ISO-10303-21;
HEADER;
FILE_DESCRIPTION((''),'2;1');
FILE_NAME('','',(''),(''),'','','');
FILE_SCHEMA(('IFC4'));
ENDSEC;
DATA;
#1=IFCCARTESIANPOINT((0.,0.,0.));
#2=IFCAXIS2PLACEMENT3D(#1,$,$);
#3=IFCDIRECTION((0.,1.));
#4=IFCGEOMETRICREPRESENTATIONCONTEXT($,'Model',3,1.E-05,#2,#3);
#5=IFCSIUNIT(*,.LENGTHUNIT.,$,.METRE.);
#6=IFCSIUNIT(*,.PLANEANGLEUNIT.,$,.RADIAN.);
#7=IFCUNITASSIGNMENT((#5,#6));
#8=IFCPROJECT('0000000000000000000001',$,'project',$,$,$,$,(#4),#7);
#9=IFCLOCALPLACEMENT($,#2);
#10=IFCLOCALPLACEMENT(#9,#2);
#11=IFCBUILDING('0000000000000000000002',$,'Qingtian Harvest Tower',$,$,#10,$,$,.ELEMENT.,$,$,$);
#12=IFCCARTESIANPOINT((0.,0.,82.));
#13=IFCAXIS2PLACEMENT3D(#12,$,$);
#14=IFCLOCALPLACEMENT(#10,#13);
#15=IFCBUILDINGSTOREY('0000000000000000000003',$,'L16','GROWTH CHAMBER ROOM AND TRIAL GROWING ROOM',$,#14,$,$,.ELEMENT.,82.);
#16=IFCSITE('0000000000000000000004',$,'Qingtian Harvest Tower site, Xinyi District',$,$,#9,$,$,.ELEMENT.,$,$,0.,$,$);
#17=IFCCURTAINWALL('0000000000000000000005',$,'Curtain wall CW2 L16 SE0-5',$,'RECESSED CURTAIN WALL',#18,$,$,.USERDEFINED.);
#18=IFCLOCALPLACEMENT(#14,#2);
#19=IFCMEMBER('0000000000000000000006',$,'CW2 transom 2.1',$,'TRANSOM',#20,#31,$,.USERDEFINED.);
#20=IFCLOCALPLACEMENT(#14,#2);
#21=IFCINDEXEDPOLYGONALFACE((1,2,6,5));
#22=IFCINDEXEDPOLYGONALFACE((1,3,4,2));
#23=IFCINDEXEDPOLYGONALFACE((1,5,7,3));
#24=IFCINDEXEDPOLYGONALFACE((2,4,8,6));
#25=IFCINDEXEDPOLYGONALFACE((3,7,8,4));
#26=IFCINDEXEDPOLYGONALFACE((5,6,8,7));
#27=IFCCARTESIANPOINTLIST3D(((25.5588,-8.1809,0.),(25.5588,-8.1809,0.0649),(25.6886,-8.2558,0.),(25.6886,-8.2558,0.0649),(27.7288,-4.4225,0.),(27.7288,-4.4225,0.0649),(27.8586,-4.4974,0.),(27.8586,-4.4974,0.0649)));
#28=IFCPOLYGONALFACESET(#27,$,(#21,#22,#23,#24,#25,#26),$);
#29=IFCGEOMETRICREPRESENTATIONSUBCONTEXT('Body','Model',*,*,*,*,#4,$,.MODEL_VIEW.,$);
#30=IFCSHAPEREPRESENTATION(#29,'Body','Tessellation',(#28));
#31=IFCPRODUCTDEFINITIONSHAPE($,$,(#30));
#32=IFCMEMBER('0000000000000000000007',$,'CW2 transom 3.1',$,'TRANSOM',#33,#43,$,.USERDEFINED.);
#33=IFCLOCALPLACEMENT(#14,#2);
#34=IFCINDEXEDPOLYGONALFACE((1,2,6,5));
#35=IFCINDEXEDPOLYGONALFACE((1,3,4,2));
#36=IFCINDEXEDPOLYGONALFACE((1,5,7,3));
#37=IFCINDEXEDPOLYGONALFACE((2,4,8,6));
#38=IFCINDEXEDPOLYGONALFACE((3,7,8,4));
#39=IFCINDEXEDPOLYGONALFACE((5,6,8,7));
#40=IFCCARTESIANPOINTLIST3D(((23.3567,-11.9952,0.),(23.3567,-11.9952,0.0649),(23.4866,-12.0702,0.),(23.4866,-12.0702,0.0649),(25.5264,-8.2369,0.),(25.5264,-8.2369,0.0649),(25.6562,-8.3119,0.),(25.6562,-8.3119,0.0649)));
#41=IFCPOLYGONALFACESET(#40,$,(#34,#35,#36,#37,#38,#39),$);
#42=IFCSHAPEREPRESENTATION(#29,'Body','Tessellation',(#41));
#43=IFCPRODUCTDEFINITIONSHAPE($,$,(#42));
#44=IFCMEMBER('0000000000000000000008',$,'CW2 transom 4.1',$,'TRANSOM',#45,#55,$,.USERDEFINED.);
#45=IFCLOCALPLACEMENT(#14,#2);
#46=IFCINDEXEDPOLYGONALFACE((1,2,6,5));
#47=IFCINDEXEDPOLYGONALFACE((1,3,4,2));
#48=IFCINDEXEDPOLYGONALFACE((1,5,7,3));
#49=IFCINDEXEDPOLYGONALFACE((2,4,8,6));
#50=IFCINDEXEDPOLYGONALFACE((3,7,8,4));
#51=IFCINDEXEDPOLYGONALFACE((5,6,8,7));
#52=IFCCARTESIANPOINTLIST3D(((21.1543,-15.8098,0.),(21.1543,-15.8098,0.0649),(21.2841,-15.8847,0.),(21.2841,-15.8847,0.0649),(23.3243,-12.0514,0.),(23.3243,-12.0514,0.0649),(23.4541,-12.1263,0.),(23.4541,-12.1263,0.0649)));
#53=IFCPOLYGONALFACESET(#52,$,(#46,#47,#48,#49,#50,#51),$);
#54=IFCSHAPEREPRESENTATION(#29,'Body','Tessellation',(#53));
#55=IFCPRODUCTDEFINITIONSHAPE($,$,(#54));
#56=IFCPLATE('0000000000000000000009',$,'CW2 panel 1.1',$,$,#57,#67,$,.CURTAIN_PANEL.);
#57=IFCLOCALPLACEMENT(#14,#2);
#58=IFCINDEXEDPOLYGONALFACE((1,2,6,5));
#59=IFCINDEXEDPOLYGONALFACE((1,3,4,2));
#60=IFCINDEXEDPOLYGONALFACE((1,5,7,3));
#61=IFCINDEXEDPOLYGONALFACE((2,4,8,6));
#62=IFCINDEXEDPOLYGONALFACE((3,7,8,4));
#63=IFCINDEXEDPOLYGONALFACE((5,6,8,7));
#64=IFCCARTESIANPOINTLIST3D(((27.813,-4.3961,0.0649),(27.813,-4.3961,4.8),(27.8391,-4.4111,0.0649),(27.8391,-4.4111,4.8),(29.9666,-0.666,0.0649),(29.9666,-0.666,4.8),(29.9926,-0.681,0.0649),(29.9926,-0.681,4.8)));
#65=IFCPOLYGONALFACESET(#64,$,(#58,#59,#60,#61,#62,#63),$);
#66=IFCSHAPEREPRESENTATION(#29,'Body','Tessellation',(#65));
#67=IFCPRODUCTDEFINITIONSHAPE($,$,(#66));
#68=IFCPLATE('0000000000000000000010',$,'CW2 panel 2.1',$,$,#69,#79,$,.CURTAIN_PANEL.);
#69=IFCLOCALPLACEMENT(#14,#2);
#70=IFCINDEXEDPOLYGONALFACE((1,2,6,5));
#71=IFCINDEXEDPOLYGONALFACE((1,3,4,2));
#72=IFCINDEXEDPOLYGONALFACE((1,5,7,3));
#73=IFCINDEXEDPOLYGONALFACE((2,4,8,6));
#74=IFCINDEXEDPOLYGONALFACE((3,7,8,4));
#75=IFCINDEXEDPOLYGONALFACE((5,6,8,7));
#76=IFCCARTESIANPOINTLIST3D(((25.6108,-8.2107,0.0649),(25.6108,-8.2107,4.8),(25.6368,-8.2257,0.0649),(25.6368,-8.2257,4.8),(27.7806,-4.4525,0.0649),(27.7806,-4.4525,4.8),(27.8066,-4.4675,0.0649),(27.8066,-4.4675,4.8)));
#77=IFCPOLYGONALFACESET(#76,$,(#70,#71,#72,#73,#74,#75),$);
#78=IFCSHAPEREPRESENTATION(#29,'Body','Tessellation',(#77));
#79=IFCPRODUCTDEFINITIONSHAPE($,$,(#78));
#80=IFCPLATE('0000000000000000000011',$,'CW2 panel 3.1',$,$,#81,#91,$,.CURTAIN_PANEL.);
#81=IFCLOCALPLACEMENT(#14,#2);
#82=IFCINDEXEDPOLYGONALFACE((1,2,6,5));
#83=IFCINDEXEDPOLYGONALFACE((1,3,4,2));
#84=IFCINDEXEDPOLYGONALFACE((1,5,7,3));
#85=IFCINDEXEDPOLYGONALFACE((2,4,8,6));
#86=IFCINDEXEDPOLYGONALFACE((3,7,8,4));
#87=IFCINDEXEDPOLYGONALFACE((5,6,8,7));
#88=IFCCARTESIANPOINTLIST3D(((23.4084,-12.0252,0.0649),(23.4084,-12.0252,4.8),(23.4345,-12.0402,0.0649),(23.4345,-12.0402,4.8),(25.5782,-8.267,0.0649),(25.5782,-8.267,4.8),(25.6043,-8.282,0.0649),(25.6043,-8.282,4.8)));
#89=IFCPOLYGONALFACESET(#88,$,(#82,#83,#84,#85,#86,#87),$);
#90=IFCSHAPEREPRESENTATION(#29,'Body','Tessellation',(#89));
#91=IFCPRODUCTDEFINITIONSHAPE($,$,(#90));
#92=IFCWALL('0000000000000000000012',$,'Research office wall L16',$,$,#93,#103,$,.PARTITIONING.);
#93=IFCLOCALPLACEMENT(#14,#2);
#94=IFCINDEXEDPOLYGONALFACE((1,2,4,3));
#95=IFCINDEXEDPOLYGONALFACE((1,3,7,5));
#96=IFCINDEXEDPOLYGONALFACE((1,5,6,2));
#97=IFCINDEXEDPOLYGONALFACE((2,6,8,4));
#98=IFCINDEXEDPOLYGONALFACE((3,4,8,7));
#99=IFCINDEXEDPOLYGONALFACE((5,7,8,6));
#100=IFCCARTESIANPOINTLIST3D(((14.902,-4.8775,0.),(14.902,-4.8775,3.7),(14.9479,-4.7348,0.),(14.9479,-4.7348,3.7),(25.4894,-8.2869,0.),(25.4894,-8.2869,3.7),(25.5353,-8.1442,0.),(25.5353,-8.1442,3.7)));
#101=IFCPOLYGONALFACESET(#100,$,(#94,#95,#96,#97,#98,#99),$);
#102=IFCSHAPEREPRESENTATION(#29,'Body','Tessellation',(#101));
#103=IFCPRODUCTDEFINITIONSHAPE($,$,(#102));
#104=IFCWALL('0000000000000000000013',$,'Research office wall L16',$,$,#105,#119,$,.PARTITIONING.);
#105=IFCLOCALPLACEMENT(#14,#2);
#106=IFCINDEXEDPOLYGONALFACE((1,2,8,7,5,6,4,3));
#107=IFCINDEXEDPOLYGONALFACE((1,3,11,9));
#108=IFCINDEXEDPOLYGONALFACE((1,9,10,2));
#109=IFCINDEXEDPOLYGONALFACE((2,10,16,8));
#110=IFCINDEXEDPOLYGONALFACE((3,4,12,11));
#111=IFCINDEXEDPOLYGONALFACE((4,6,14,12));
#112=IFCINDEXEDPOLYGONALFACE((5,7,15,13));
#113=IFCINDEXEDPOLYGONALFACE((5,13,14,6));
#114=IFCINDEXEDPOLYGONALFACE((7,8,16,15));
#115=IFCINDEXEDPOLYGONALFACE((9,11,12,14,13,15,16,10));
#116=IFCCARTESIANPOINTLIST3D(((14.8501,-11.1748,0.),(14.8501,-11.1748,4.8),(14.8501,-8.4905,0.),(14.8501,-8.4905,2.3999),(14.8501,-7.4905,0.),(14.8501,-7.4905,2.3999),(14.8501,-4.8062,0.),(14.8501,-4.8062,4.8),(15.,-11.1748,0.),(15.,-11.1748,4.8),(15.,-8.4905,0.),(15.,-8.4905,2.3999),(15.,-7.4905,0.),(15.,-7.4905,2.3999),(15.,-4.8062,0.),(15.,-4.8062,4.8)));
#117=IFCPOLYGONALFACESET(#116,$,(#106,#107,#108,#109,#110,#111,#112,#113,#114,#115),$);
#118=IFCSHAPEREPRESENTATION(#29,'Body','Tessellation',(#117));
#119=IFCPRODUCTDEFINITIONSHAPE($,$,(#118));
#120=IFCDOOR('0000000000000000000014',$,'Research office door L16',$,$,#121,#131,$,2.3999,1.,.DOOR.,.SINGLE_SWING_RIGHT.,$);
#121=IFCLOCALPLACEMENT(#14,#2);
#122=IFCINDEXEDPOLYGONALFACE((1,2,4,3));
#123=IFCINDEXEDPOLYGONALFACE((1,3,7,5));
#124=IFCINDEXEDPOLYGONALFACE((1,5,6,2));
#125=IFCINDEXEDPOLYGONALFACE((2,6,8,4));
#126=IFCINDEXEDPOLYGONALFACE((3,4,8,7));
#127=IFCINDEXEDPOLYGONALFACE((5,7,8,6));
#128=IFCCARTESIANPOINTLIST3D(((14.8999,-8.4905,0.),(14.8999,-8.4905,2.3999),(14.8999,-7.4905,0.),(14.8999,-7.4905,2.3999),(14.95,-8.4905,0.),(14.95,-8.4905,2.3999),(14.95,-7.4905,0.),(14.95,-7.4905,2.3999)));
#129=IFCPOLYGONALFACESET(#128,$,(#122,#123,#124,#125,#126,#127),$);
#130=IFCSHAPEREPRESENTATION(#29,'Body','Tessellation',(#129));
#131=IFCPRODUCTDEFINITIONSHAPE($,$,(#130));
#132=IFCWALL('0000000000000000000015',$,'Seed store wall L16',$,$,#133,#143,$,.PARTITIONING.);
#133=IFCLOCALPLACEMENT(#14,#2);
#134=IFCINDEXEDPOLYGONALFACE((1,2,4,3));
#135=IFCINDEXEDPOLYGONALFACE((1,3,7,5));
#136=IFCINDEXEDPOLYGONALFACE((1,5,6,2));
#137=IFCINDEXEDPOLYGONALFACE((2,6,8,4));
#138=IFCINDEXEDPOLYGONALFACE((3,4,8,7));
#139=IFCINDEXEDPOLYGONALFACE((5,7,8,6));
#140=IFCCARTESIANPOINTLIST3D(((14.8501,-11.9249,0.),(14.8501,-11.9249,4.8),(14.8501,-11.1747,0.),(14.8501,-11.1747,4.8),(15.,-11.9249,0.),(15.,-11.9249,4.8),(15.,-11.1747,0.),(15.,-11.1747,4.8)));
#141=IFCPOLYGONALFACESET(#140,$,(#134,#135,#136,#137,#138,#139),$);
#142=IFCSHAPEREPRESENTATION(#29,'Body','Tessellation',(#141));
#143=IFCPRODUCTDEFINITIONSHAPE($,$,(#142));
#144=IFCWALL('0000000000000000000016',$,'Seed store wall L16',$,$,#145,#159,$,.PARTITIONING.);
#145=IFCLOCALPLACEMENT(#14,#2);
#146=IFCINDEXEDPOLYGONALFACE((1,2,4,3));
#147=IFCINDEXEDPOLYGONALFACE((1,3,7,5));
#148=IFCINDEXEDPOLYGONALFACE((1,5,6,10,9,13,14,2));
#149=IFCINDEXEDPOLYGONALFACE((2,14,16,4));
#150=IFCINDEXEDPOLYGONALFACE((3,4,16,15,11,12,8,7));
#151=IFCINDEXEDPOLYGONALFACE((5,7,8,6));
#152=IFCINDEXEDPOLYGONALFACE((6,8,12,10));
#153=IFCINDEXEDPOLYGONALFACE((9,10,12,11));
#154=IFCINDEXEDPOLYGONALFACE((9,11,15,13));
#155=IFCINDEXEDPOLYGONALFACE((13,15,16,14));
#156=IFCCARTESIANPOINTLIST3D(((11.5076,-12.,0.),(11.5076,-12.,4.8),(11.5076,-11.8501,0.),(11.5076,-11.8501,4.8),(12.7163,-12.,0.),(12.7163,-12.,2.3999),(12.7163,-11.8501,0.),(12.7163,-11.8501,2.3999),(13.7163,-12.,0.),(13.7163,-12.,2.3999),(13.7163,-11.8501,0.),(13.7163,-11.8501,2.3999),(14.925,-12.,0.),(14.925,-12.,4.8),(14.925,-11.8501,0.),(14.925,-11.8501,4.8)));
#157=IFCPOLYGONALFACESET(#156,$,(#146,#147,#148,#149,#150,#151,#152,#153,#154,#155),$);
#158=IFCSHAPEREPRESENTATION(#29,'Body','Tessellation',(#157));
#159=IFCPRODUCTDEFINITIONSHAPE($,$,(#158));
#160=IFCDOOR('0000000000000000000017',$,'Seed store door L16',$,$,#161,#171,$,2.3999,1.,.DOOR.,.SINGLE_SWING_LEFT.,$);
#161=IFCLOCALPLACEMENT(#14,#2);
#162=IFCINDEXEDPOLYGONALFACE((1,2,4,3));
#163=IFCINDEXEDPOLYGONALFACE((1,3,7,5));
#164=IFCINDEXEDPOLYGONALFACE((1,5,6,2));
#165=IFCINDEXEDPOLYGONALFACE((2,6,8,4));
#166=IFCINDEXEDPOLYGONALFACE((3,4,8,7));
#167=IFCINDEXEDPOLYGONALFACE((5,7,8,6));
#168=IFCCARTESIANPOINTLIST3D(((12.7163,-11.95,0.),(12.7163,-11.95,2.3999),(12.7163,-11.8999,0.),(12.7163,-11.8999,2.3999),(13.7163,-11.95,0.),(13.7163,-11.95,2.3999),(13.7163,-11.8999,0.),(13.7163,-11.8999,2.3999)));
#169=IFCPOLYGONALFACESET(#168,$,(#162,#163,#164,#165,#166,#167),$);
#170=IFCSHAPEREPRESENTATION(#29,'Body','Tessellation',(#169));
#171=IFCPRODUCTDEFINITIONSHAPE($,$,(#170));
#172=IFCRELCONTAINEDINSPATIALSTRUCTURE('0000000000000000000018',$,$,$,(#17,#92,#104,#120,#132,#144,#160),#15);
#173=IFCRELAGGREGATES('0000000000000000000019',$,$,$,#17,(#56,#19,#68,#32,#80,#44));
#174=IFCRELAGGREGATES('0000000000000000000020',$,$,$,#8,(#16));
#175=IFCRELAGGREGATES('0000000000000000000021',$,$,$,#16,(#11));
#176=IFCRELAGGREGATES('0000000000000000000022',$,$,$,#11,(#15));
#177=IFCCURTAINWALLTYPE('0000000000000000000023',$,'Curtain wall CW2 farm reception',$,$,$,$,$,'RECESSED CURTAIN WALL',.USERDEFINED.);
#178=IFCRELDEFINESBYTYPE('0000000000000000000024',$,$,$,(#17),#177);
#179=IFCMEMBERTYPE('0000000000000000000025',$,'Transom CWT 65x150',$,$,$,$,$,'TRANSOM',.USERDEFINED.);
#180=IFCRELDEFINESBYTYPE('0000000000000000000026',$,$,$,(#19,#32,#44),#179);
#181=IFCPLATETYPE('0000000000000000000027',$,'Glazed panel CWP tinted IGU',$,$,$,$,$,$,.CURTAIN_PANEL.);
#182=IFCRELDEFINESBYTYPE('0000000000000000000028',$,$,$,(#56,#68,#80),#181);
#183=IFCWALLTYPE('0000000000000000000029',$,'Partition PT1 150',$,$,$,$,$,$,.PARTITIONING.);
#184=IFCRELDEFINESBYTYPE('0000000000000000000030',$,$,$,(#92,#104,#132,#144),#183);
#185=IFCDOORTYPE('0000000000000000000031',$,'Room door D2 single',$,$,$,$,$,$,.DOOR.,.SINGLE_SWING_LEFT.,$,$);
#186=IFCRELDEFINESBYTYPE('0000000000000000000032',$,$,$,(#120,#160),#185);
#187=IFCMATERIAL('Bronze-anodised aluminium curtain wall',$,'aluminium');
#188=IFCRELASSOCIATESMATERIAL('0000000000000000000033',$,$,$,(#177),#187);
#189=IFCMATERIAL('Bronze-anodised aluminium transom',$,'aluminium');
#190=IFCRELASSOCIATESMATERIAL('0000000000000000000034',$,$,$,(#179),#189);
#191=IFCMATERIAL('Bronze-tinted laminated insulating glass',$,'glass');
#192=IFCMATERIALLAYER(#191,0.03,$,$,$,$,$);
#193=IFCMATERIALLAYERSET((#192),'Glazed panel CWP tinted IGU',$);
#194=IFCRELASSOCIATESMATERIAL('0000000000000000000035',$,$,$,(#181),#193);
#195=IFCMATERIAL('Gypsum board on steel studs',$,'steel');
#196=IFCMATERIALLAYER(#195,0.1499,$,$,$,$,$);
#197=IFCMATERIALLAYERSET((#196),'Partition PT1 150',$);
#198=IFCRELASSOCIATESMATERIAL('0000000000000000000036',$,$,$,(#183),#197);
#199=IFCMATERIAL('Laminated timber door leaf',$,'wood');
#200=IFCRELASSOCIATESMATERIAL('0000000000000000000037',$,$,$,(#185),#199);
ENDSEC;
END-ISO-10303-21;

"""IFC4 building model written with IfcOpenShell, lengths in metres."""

from ifc_helpers import new_model, si_unit, direction, frame, frame_2d, origin, origin_2d, place, context, subcontext, project, spatial, rectangle, extrude, material, layer, layer_set, material_profile, profile_set, type_object, element, fill, aggregate, save


model = new_model("IFC4")

# Units and contexts
model_context = context("Model", 3, precision=1e-05, world=origin(), true_north=direction((0.0, 1.0)))
body_context = subcontext(model_context, "Body", "Model", "MODEL_VIEW")
ifc_project = project(units=[si_unit("LENGTHUNIT", "METRE"), si_unit("PLANEANGLEUNIT", "RADIAN")], contexts=[model_context])

# Site, building, storey
site_placement = place(None, origin())
site = spatial("IfcSite", under=ifc_project, at=site_placement, Name="Qingtian Harvest Tower site, Xinyi District", CompositionType="ELEMENT", RefElevation=0.0)
building_placement = place(site_placement, origin())
building = spatial("IfcBuilding", under=site, at=building_placement, Name="Qingtian Harvest Tower", CompositionType="ELEMENT")
storey_placement = place(building_placement, frame((0.0, 0.0, 82.0)))
storey = spatial("IfcBuildingStorey", under=building, at=storey_placement, Name="L16", Description="GROWTH CHAMBER ROOM AND TRIAL GROWING ROOM", CompositionType="ELEMENT", Elevation=82.0)

# Shared definitions
ifc_material_1 = material(Name="Bronze-anodised aluminium curtain wall", Category="aluminium")
curtain_wall_type = type_object("IfcCurtainWallType", Name="Curtain wall CW2 farm reception", ElementType="RECESSED CURTAIN WALL", PredefinedType="USERDEFINED", material=ifc_material_1)

# Curtain wall
curtain_wall_1_placement = place(storey_placement, origin())
curtain_wall_1 = element("IfcCurtainWall", 1, at=curtain_wall_1_placement, inside=storey, type_object=curtain_wall_type, Name="Curtain wall CW2 L16 SE0-5", ObjectType="RECESSED CURTAIN WALL", PredefinedType="USERDEFINED")

# Members
ifc_material_2 = material(Name="Bronze-anodised aluminium transom", Category="aluminium")
ifc_material_profile_1 = material_profile(ifc_material_2, rectangle(XDim=0.1499, YDim=0.0649, at=origin_2d()), Name="AL 65x150")
ifc_profile_set_1 = profile_set([ifc_material_profile_1], Name="Bronze-anodised aluminium transom")
member_type_1 = type_object("IfcMemberType", Name="Transom CWT 65x150", ElementType="TRANSOM", PredefinedType="USERDEFINED", material=ifc_profile_set_1)
member_1_placement = place(storey_placement, frame((27.7937, -4.46, 0.0325), z_axis=(-0.500011, -0.866019, 0.0), x_axis=(0.866019, -0.500011, 0.0)))
member_1 = element("IfcMember", 2, at=member_1_placement, type_object=member_type_1, Name="CW2 transom 2.1", ObjectType="TRANSOM", PredefinedType="USERDEFINED", context=body_context, shape_type="SweptSolid", body=[
    extrude(rectangle(XDim=0.1499, YDim=0.0649, at=origin_2d()), origin(), (0.0, 0.0, 1.0), 4.3398),
])
member_2_placement = place(storey_placement, frame((25.5913, -8.2744, 0.0325), z_axis=(-0.499969, -0.866043, 0.0), x_axis=(0.866043, -0.499969, 0.0)))
member_2 = element("IfcMember", 3, at=member_2_placement, type_object=member_type_1, Name="CW2 transom 3.1", ObjectType="TRANSOM", PredefinedType="USERDEFINED", context=body_context, shape_type="SweptSolid", body=[
    extrude(rectangle(XDim=0.1499, YDim=0.0649, at=origin_2d()), origin(), (0.0, 0.0, 1.0), 4.3396),
])
member_3_placement = place(storey_placement, frame((23.3892, -12.0889, 0.0325), z_axis=(-0.500011, -0.866019, 0.0), x_axis=(0.866019, -0.500011, 0.0)))
member_3 = element("IfcMember", 4, at=member_3_placement, type_object=member_type_1, Name="CW2 transom 4.1", ObjectType="TRANSOM", PredefinedType="USERDEFINED", context=body_context, shape_type="SweptSolid", body=[
    extrude(rectangle(XDim=0.1499, YDim=0.0649, at=origin_2d()), origin(), (0.0, 0.0, 1.0), 4.3398),
])

# Plates
ifc_material_3 = material(Name="Bronze-tinted laminated insulating glass", Category="glass")
ifc_layer_1 = layer(ifc_material_3, 0.03)
ifc_layer_set_1 = layer_set([ifc_layer_1], Name="Glazed panel CWP tinted IGU")
plate_type = type_object("IfcPlateType", Name="Glazed panel CWP tinted IGU", PredefinedType="CURTAIN_PANEL", material=ifc_layer_set_1)
plate_1_placement = place(storey_placement, frame((28.9028, -2.5386, 0.0649), z_axis=(0.0, 0.0, 1.0), x_axis=(-0.5, -0.866025, 0.0)))
plate_1 = element("IfcPlate", 5, at=plate_1_placement, type_object=plate_type, Name="CW2 panel 1.1", PredefinedType="CURTAIN_PANEL", context=body_context, shape_type="SweptSolid", body=[
    extrude(rectangle(XDim=4.3071, YDim=0.03, at=origin_2d()), origin(), (0.0, 0.0, 1.0), 4.7351),
])
plate_2_placement = place(storey_placement, frame((26.7087, -6.3391, 0.0649), z_axis=(0.0, 0.0, 1.0), x_axis=(-0.5, -0.866025, 0.0)))
plate_2 = element("IfcPlate", 6, at=plate_2_placement, type_object=plate_type, Name="CW2 panel 2.1", PredefinedType="CURTAIN_PANEL", context=body_context, shape_type="SweptSolid", body=[
    extrude(rectangle(XDim=4.3396, YDim=0.03, at=origin_2d()), origin(), (0.0, 0.0, 1.0), 4.7351),
])
plate_3_placement = place(storey_placement, frame((24.5063, -10.1536, 0.0649), z_axis=(0.0, 0.0, 1.0), x_axis=(-0.5, -0.866025, 0.0)))
plate_3 = element("IfcPlate", 7, at=plate_3_placement, type_object=plate_type, Name="CW2 panel 3.1", PredefinedType="CURTAIN_PANEL", context=body_context, shape_type="SweptSolid", body=[
    extrude(rectangle(XDim=4.3396, YDim=0.03, at=origin_2d()), origin(), (0.0, 0.0, 1.0), 4.7351),
])
aggregate(curtain_wall_1, [plate_1, member_1, plate_2, member_2, plate_3, member_3])

# Wall
ifc_material_4 = material(Name="Gypsum board on steel studs", Category="steel")
ifc_layer_2 = layer(ifc_material_4, 0.1499)
ifc_layer_set_2 = layer_set([ifc_layer_2], Name="Partition PT1 150")
wall_type = type_object("IfcWallType", Name="Partition PT1 150", PredefinedType="PARTITIONING", material=ifc_layer_set_2)
wall_1_placement = place(storey_placement, frame((25.5125, -8.2156, 0.0), z_axis=(0.0, 0.0, 1.0), x_axis=(-0.951863, 0.306525, 0.0)))
element("IfcWall", 8, at=wall_1_placement, inside=storey, type_object=wall_type, Name="Research office wall L16", PredefinedType="PARTITIONING", context=body_context, shape_type="SweptSolid", body=[
    extrude(rectangle(XDim=11.1228, YDim=0.1499, at=frame_2d((5.5615, 0.0))), origin(), (0.0, 0.0, 1.0), 3.7),
])

# Wall, opening, door
wall_2_placement = place(storey_placement, frame((14.925, -4.8062, 0.0), z_axis=(0.0, 0.0, 1.0), x_axis=(0.0, -1.0, 0.0)))
wall_2 = element("IfcWall", 9, at=wall_2_placement, inside=storey, type_object=wall_type, Name="Research office wall L16", PredefinedType="PARTITIONING", context=body_context, shape_type="SweptSolid", body=[
    extrude(rectangle(XDim=6.3687, YDim=0.1499, at=frame_2d((3.1843, 0.0))), origin(), (0.0, 0.0, 1.0), 4.8),
])
opening_1_placement = place(wall_2_placement, frame((2.6843, 0.0, 0.0)))
opening_1 = element("IfcOpeningElement", 10, at=opening_1_placement, cuts=wall_2, PredefinedType="OPENING", context=body_context, shape_type="SweptSolid", body=[
    extrude(rectangle(XDim=1.0, YDim=2.3999, at=frame_2d((0.5, 1.2))), frame((0.0, 0.085, 0.0), z_axis=(0.0, -1.0, 0.0), x_axis=(1.0, 0.0, 0.0)), (0.0, 0.0, 1.0), 0.1699),
])
ifc_material_5 = material(Name="Laminated timber door leaf", Category="wood")
door_type = type_object("IfcDoorType", Name="Room door D2 single", OperationType="SINGLE_SWING_LEFT", PredefinedType="DOOR", material=ifc_material_5)
door_1_placement = place(opening_1_placement, origin())
door_1 = element("IfcDoor", 11, at=door_1_placement, inside=storey, type_object=door_type, Name="Research office door L16", OperationType="SINGLE_SWING_RIGHT", OverallHeight=2.3999, OverallWidth=1.0, PredefinedType="DOOR", context=body_context, shape_type="SweptSolid", body=[
    extrude(rectangle(XDim=1.0, YDim=2.3999, at=frame_2d((0.5, 1.2))), frame((0.0, 0.0249, 0.0), z_axis=(0.0, -1.0, 0.0), x_axis=(1.0, 0.0, 0.0)), (0.0, 0.0, 1.0), 0.05),
])
fill(opening_1, door_1)

# Wall
wall_3_placement = place(storey_placement, frame((14.925, -11.1748, 0.0), z_axis=(0.0, 0.0, 1.0), x_axis=(0.0, -1.0, 0.0)))
element("IfcWall", 12, at=wall_3_placement, inside=storey, type_object=wall_type, Name="Seed store wall L16", PredefinedType="PARTITIONING", context=body_context, shape_type="SweptSolid", body=[
    extrude(rectangle(XDim=0.7502, YDim=0.1499, at=frame_2d((0.375, 0.0))), origin(), (0.0, 0.0, 1.0), 4.8),
])

# Wall, opening, door
wall_4_placement = place(storey_placement, frame((14.925, -11.925, 0.0), z_axis=(0.0, 0.0, 1.0), x_axis=(-1.0, 0.0, 0.0)))
wall_4 = element("IfcWall", 13, at=wall_4_placement, inside=storey, type_object=wall_type, Name="Seed store wall L16", PredefinedType="PARTITIONING", context=body_context, shape_type="SweptSolid", body=[
    extrude(rectangle(XDim=3.4175, YDim=0.1499, at=frame_2d((1.7087, 0.0))), origin(), (0.0, 0.0, 1.0), 4.8),
])
opening_2_placement = place(wall_4_placement, frame((1.2087, 0.0, 0.0)))
opening_2 = element("IfcOpeningElement", 14, at=opening_2_placement, cuts=wall_4, PredefinedType="OPENING", context=body_context, shape_type="SweptSolid", body=[
    extrude(rectangle(XDim=1.0, YDim=2.3999, at=frame_2d((0.5, 1.2))), frame((0.0, 0.085, 0.0), z_axis=(0.0, -1.0, 0.0), x_axis=(1.0, 0.0, 0.0)), (0.0, 0.0, 1.0), 0.1699),
])
door_2_placement = place(opening_2_placement, origin())
door_2 = element("IfcDoor", 15, at=door_2_placement, inside=storey, type_object=door_type, Name="Seed store door L16", OperationType="SINGLE_SWING_LEFT", OverallHeight=2.3999, OverallWidth=1.0, PredefinedType="DOOR", context=body_context, shape_type="SweptSolid", body=[
    extrude(rectangle(XDim=1.0, YDim=2.3999, at=frame_2d((0.5, 1.2))), frame((0.0, 0.0249, 0.0), z_axis=(0.0, -1.0, 0.0), x_axis=(1.0, 0.0, 0.0)), (0.0, 0.0, 1.0), 0.05),
])
fill(opening_2, door_2)

save(model, "model.ifc")
